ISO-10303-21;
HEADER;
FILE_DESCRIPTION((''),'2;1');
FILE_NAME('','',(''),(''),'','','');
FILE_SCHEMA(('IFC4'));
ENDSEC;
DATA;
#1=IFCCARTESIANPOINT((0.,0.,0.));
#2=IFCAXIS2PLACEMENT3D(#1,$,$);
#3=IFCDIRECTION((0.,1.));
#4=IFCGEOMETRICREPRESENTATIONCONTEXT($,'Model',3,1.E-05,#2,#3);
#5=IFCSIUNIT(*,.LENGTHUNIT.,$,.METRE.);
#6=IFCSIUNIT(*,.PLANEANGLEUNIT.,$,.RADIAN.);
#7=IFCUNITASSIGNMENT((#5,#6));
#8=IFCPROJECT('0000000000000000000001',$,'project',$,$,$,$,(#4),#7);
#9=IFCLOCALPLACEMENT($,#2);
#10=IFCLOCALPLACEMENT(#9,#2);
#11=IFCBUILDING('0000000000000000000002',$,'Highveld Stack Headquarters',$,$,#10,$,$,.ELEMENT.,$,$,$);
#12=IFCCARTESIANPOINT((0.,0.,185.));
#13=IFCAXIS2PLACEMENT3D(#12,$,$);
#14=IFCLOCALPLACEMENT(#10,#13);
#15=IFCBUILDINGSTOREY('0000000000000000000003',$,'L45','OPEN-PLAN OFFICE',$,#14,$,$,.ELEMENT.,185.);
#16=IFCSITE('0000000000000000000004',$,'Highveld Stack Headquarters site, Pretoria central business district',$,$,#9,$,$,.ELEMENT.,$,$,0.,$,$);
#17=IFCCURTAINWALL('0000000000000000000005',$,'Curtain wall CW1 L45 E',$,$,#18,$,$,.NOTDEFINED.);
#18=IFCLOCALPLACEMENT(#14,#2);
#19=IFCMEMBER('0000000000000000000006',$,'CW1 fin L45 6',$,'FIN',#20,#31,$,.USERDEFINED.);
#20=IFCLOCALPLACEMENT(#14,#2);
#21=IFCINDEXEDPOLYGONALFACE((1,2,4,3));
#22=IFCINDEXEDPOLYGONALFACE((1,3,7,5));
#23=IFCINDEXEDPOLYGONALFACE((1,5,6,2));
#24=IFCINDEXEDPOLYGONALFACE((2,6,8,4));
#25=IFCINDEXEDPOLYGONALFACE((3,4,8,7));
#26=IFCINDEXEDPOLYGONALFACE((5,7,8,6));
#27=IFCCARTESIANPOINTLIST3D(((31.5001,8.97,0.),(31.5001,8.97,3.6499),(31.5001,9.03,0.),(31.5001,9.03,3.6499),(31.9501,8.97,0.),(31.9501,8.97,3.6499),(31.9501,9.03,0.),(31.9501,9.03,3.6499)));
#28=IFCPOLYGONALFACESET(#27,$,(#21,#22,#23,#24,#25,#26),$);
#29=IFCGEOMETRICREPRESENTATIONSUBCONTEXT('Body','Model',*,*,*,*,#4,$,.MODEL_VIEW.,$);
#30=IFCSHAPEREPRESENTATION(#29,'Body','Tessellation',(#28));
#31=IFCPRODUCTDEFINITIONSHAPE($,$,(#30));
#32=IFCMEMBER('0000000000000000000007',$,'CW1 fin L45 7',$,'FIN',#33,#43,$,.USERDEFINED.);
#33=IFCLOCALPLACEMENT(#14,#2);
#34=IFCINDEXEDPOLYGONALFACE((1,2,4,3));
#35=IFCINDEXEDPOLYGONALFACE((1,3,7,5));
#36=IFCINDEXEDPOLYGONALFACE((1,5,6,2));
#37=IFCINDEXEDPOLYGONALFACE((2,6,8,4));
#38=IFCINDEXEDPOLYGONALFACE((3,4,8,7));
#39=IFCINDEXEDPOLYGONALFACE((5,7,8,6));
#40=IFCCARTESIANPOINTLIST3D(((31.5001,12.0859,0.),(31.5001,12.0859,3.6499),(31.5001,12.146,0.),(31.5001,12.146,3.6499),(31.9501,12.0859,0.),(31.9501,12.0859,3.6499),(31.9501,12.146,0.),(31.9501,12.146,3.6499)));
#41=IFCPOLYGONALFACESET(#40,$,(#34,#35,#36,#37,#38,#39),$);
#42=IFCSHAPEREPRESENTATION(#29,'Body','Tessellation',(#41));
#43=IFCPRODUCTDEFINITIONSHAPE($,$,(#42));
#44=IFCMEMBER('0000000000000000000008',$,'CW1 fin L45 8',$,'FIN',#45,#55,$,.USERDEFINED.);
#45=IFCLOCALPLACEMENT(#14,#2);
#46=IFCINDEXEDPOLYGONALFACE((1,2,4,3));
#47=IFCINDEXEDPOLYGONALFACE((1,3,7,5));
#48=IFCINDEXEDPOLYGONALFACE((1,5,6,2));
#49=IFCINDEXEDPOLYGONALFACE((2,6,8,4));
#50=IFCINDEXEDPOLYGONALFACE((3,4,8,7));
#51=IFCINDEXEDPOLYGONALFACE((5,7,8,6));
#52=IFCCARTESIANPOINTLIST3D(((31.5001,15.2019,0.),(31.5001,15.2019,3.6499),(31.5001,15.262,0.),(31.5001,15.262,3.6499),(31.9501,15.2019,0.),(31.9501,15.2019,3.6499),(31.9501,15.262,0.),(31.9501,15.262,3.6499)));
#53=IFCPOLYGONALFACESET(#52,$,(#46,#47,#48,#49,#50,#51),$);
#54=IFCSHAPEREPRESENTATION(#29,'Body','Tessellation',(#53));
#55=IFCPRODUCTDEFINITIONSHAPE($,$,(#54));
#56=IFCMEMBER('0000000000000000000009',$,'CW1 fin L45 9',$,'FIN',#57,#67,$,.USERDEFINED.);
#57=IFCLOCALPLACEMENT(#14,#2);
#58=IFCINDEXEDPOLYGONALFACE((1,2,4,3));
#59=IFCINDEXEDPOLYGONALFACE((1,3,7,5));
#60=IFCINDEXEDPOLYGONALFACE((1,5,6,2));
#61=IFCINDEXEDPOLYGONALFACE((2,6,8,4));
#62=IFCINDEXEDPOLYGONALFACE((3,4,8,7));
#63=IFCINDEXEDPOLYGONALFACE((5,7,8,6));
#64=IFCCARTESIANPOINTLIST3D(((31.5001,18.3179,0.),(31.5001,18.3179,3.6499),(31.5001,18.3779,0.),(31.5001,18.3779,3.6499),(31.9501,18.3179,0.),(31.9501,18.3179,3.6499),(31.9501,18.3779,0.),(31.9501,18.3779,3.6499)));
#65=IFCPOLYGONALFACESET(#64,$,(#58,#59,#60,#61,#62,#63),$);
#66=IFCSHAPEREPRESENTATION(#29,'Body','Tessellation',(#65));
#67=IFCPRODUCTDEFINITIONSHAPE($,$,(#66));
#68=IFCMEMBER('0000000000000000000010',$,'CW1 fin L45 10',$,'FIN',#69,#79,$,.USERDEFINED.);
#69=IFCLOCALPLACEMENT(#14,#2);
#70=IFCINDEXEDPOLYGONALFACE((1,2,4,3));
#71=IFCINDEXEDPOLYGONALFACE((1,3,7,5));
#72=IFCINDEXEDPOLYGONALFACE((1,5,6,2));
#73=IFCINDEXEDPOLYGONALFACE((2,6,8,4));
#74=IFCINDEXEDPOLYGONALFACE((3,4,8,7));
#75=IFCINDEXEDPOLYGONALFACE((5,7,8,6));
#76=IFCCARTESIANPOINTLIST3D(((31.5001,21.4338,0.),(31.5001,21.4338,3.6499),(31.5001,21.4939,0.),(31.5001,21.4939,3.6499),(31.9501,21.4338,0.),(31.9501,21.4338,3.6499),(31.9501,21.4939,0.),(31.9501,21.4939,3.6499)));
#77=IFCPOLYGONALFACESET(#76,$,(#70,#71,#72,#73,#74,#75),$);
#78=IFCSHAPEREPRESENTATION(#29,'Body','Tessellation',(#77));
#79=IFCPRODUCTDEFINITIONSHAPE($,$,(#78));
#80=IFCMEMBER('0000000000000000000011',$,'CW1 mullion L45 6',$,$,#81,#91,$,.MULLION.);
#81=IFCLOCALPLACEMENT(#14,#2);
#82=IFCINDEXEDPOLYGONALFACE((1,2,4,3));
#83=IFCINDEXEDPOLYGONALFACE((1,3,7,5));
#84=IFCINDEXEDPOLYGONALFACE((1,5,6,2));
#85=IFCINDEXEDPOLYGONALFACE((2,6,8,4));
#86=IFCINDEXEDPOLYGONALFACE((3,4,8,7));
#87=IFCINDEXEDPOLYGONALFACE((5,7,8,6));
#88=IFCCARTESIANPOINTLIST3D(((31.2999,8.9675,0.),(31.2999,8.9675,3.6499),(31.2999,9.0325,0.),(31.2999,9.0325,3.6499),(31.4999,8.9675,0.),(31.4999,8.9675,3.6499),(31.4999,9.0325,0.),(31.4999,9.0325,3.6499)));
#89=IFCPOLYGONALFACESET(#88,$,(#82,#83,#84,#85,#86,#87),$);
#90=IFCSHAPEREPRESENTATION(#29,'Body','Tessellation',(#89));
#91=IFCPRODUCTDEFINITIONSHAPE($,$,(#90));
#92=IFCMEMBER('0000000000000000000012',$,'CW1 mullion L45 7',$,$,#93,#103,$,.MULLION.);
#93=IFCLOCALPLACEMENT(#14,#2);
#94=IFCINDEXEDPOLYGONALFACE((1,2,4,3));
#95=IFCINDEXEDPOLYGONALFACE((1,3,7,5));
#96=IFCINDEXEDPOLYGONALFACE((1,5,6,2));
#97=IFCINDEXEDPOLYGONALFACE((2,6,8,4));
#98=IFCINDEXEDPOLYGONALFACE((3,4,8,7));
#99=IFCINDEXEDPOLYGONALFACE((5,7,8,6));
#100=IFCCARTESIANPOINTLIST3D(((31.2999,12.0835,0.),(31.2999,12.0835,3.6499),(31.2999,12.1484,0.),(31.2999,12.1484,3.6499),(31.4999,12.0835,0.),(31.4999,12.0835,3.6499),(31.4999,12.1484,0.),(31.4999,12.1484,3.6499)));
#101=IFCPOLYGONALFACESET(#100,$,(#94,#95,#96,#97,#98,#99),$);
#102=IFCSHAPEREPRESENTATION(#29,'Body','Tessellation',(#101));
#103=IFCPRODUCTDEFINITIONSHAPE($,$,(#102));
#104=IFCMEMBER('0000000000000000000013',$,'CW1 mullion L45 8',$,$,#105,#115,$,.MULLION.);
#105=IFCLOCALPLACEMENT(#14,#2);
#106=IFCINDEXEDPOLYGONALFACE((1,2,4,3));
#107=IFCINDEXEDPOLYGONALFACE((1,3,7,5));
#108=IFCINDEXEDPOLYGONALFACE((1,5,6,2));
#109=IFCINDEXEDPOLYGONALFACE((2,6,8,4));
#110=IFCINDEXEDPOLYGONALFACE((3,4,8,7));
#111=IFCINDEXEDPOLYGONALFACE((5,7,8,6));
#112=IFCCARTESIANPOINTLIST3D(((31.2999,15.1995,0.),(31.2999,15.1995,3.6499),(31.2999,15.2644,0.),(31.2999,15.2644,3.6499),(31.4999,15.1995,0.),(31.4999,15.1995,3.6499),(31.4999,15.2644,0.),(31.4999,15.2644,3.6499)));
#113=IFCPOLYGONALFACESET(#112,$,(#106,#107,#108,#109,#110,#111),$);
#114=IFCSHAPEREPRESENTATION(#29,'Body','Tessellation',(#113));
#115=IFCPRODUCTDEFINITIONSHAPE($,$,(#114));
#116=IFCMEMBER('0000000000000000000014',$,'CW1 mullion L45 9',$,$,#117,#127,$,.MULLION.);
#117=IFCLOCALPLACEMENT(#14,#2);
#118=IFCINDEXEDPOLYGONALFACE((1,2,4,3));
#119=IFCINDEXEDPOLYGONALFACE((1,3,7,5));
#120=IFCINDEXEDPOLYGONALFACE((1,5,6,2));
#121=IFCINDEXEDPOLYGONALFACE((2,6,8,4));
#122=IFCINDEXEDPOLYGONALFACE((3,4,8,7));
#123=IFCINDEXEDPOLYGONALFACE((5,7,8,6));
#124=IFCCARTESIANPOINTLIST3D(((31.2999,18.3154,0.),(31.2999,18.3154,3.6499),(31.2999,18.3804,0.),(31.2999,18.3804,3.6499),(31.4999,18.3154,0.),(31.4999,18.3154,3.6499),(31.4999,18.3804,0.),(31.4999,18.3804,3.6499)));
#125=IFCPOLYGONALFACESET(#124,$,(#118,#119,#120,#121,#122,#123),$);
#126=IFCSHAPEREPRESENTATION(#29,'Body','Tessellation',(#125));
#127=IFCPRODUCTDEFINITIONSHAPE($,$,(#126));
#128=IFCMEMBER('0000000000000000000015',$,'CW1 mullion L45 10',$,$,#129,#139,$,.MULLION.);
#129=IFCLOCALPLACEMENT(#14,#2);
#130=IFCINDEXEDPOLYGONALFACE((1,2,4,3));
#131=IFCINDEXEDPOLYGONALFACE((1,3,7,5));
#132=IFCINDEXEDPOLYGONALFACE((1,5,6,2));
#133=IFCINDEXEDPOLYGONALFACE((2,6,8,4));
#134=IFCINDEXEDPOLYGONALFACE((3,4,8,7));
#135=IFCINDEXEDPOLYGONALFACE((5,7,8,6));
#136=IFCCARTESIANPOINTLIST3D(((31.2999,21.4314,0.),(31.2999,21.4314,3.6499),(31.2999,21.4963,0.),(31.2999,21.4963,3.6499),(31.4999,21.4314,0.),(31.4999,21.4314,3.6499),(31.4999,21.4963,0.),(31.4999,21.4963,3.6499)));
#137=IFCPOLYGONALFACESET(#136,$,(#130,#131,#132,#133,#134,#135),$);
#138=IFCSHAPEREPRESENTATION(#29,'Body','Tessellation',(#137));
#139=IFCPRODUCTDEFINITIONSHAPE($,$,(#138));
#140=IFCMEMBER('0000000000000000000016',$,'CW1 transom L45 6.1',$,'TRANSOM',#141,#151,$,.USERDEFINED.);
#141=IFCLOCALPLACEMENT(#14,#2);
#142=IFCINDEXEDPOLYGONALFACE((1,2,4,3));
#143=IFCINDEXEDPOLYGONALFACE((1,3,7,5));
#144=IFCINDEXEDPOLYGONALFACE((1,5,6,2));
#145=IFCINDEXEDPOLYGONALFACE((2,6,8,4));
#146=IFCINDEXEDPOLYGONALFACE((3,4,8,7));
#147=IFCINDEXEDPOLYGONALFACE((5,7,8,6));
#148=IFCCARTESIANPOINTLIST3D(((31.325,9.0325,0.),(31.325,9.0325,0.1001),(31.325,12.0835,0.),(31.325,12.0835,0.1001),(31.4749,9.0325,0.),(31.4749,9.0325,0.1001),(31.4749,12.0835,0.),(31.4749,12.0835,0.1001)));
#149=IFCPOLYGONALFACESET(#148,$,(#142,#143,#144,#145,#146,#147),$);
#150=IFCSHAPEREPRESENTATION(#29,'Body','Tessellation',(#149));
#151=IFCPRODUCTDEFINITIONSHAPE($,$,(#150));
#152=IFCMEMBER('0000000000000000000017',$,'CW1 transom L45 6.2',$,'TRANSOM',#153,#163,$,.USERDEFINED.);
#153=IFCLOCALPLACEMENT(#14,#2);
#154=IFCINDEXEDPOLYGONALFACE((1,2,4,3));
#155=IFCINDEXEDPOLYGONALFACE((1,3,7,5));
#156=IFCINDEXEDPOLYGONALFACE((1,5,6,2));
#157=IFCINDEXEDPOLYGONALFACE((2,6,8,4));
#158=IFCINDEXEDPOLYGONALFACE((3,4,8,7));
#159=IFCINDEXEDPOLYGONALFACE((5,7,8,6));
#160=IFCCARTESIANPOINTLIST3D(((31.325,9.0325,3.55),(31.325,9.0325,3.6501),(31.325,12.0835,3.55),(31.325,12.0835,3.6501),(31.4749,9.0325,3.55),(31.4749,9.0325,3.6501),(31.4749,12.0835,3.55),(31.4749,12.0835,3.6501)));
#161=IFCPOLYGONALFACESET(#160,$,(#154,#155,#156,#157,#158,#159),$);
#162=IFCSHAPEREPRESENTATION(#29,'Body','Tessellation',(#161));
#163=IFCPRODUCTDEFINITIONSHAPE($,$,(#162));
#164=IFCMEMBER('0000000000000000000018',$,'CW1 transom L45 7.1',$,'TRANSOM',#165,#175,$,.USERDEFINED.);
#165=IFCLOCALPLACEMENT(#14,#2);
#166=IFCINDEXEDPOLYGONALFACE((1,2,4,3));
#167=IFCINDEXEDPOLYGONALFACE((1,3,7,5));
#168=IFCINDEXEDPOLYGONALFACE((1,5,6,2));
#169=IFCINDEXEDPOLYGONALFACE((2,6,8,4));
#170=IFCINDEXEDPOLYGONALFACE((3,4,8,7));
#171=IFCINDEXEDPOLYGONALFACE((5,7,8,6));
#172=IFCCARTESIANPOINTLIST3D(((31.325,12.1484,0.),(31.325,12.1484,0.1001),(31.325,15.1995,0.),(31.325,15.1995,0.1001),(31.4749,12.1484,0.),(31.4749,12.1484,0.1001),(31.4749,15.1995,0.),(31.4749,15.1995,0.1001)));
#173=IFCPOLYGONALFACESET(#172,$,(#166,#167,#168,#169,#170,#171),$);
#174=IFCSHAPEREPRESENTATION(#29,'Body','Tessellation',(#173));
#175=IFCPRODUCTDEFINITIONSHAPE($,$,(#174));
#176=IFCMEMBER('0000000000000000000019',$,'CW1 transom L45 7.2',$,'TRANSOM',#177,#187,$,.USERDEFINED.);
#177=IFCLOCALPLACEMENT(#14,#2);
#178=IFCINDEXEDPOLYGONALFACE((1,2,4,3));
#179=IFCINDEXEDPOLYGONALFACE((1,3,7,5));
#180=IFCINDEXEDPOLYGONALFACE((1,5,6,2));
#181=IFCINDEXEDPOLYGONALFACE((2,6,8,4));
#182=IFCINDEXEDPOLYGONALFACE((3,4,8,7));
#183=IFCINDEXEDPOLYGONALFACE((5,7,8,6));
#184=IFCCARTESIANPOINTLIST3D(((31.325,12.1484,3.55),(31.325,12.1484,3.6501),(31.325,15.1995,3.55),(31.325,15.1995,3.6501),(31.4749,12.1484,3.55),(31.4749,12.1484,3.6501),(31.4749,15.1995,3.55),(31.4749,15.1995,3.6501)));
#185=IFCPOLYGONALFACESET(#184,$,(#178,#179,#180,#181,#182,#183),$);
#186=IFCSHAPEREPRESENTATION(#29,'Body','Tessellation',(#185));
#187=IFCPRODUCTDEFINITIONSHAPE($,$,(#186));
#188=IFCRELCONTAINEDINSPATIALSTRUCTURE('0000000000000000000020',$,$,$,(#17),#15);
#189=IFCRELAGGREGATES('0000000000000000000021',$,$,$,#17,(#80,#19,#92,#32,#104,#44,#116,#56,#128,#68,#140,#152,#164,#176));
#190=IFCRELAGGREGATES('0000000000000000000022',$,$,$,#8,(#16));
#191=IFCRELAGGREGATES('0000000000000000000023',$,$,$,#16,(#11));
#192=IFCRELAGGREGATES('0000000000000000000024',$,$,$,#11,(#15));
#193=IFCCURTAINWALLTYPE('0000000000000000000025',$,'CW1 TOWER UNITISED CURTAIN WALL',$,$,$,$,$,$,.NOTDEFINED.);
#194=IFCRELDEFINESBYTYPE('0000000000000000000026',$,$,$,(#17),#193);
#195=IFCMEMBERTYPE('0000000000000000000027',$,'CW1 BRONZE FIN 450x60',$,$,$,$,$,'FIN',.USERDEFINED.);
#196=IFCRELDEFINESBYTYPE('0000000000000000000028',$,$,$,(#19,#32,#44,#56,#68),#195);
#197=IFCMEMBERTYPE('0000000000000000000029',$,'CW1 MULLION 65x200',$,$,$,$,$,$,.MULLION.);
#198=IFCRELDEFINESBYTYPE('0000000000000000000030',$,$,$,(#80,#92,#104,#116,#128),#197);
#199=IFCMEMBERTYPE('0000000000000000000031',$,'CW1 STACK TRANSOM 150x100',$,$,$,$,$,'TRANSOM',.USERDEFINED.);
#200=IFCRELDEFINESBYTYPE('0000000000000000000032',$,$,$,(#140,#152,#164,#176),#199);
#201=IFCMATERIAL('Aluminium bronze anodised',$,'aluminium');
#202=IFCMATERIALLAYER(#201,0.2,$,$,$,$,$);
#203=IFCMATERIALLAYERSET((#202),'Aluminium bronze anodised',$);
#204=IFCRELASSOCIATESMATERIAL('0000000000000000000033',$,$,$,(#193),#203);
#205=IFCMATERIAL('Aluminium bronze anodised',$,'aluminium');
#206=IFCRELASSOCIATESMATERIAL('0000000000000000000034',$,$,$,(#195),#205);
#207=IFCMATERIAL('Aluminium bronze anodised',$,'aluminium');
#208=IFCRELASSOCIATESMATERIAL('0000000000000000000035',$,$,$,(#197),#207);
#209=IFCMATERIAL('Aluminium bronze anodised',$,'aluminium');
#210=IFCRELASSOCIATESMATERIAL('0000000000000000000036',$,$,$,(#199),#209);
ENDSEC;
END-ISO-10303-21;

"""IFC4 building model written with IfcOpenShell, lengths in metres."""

from ifc_helpers import new_model, si_unit, direction, frame, origin, origin_2d, place, context, subcontext, project, spatial, rectangle, extrude, material, layer, layer_set, material_profile, profile_set, type_object, element, aggregate, save


model = new_model("IFC4")

# Units and contexts
model_context = context("Model", 3, precision=1e-05, world=origin(), true_north=direction((0.0, 1.0)))
body_context = subcontext(model_context, "Body", "Model", "MODEL_VIEW")
ifc_project = project(units=[si_unit("LENGTHUNIT", "METRE"), si_unit("PLANEANGLEUNIT", "RADIAN")], contexts=[model_context])

# Site, building, storey
site_placement = place(None, origin())
site = spatial("IfcSite", under=ifc_project, at=site_placement, Name="Highveld Stack Headquarters site, Pretoria central business district", CompositionType="ELEMENT", RefElevation=0.0)
building_placement = place(site_placement, origin())
building = spatial("IfcBuilding", under=site, at=building_placement, Name="Highveld Stack Headquarters", CompositionType="ELEMENT")
storey_placement = place(building_placement, frame((0.0, 0.0, 185.0)))
storey = spatial("IfcBuildingStorey", under=building, at=storey_placement, Name="L45", Description="OPEN-PLAN OFFICE", CompositionType="ELEMENT", Elevation=185.0)

# Curtain wall, members
ifc_material_1 = material(Name="Aluminium bronze anodised", Category="aluminium")
ifc_layer_1 = layer(ifc_material_1, 0.2)
ifc_layer_set_1 = layer_set([ifc_layer_1], Name="Aluminium bronze anodised")
curtain_wall_type = type_object("IfcCurtainWallType", Name="CW1 TOWER UNITISED CURTAIN WALL", PredefinedType="NOTDEFINED", material=ifc_layer_set_1)
curtain_wall_placement = place(storey_placement, origin())
curtain_wall = element("IfcCurtainWall", 1, at=curtain_wall_placement, inside=storey, type_object=curtain_wall_type, Name="Curtain wall CW1 L45 E", PredefinedType="NOTDEFINED")
ifc_material_2 = material(Name="Aluminium bronze anodised", Category="aluminium")
ifc_material_profile_1 = material_profile(ifc_material_2, rectangle(XDim=0.45, YDim=0.0601, at=origin_2d()), Name="FIN 450x60")
ifc_profile_set_1 = profile_set([ifc_material_profile_1], Name="Aluminium bronze anodised")
member_type_1 = type_object("IfcMemberType", Name="CW1 BRONZE FIN 450x60", ElementType="FIN", PredefinedType="USERDEFINED", material=ifc_profile_set_1)
member_1_placement = place(storey_placement, frame((31.7251, 9.0, 0.0), z_axis=(0.0, 0.0, 1.0), x_axis=(-1.0, 0.0, 0.0)))
member_1 = element("IfcMember", 2, at=member_1_placement, type_object=member_type_1, Name="CW1 fin L45 6", ObjectType="FIN", PredefinedType="USERDEFINED", context=body_context, shape_type="SweptSolid", body=[
    extrude(rectangle(XDim=0.45, YDim=0.0601, at=origin_2d()), origin(), (0.0, 0.0, 1.0), 3.6499),
])
member_2_placement = place(storey_placement, frame((31.7251, 12.116, 0.0), z_axis=(0.0, 0.0, 1.0), x_axis=(-1.0, 0.0, 0.0)))
member_2 = element("IfcMember", 3, at=member_2_placement, type_object=member_type_1, Name="CW1 fin L45 7", ObjectType="FIN", PredefinedType="USERDEFINED", context=body_context, shape_type="SweptSolid", body=[
    extrude(rectangle(XDim=0.45, YDim=0.0601, at=origin_2d()), origin(), (0.0, 0.0, 1.0), 3.6499),
])
member_3_placement = place(storey_placement, frame((31.7251, 15.2319, 0.0), z_axis=(0.0, 0.0, 1.0), x_axis=(-1.0, 0.0, 0.0)))
member_3 = element("IfcMember", 4, at=member_3_placement, type_object=member_type_1, Name="CW1 fin L45 8", ObjectType="FIN", PredefinedType="USERDEFINED", context=body_context, shape_type="SweptSolid", body=[
    extrude(rectangle(XDim=0.45, YDim=0.0601, at=origin_2d()), origin(), (0.0, 0.0, 1.0), 3.6499),
])
member_4_placement = place(storey_placement, frame((31.7251, 18.3479, 0.0), z_axis=(0.0, 0.0, 1.0), x_axis=(-1.0, 0.0, 0.0)))
member_4 = element("IfcMember", 5, at=member_4_placement, type_object=member_type_1, Name="CW1 fin L45 9", ObjectType="FIN", PredefinedType="USERDEFINED", context=body_context, shape_type="SweptSolid", body=[
    extrude(rectangle(XDim=0.45, YDim=0.0601, at=origin_2d()), origin(), (0.0, 0.0, 1.0), 3.6499),
])
member_5_placement = place(storey_placement, frame((31.7251, 21.4639, 0.0), z_axis=(0.0, 0.0, 1.0), x_axis=(-1.0, 0.0, 0.0)))
member_5 = element("IfcMember", 6, at=member_5_placement, type_object=member_type_1, Name="CW1 fin L45 10", ObjectType="FIN", PredefinedType="USERDEFINED", context=body_context, shape_type="SweptSolid", body=[
    extrude(rectangle(XDim=0.45, YDim=0.0601, at=origin_2d()), origin(), (0.0, 0.0, 1.0), 3.6499),
])
ifc_material_3 = material(Name="Aluminium bronze anodised", Category="aluminium")
ifc_material_profile_2 = material_profile(ifc_material_3, rectangle(XDim=0.2, YDim=0.0649, at=origin_2d()), Name="CW1 MULLION 65x200")
ifc_profile_set_2 = profile_set([ifc_material_profile_2], Name="Aluminium bronze anodised")
member_type_2 = type_object("IfcMemberType", Name="CW1 MULLION 65x200", PredefinedType="MULLION", material=ifc_profile_set_2)
member_6_placement = place(storey_placement, frame((31.3999, 9.0, 0.0), z_axis=(0.0, 0.0, 1.0), x_axis=(-1.0, 0.0, 0.0)))
member_6 = element("IfcMember", 7, at=member_6_placement, type_object=member_type_2, Name="CW1 mullion L45 6", PredefinedType="MULLION", context=body_context, shape_type="SweptSolid", body=[
    extrude(rectangle(XDim=0.2, YDim=0.0649, at=origin_2d()), origin(), (0.0, 0.0, 1.0), 3.6499),
])
member_7_placement = place(storey_placement, frame((31.3999, 12.116, 0.0), z_axis=(0.0, 0.0, 1.0), x_axis=(-1.0, 0.0, 0.0)))
member_7 = element("IfcMember", 8, at=member_7_placement, type_object=member_type_2, Name="CW1 mullion L45 7", PredefinedType="MULLION", context=body_context, shape_type="SweptSolid", body=[
    extrude(rectangle(XDim=0.2, YDim=0.0649, at=origin_2d()), origin(), (0.0, 0.0, 1.0), 3.6499),
])
member_8_placement = place(storey_placement, frame((31.3999, 15.2319, 0.0), z_axis=(0.0, 0.0, 1.0), x_axis=(-1.0, 0.0, 0.0)))
member_8 = element("IfcMember", 9, at=member_8_placement, type_object=member_type_2, Name="CW1 mullion L45 8", PredefinedType="MULLION", context=body_context, shape_type="SweptSolid", body=[
    extrude(rectangle(XDim=0.2, YDim=0.0649, at=origin_2d()), origin(), (0.0, 0.0, 1.0), 3.6499),
])
member_9_placement = place(storey_placement, frame((31.3999, 18.3479, 0.0), z_axis=(0.0, 0.0, 1.0), x_axis=(-1.0, 0.0, 0.0)))
member_9 = element("IfcMember", 10, at=member_9_placement, type_object=member_type_2, Name="CW1 mullion L45 9", PredefinedType="MULLION", context=body_context, shape_type="SweptSolid", body=[
    extrude(rectangle(XDim=0.2, YDim=0.0649, at=origin_2d()), origin(), (0.0, 0.0, 1.0), 3.6499),
])
member_10_placement = place(storey_placement, frame((31.3999, 21.4639, 0.0), z_axis=(0.0, 0.0, 1.0), x_axis=(-1.0, 0.0, 0.0)))
member_10 = element("IfcMember", 11, at=member_10_placement, type_object=member_type_2, Name="CW1 mullion L45 10", PredefinedType="MULLION", context=body_context, shape_type="SweptSolid", body=[
    extrude(rectangle(XDim=0.2, YDim=0.0649, at=origin_2d()), origin(), (0.0, 0.0, 1.0), 3.6499),
])
ifc_material_4 = material(Name="Aluminium bronze anodised", Category="aluminium")
ifc_material_profile_3 = material_profile(ifc_material_4, rectangle(XDim=0.1499, YDim=0.1001, at=origin_2d()), Name="CW1 TRANSOM 150x100")
ifc_profile_set_3 = profile_set([ifc_material_profile_3], Name="Aluminium bronze anodised")
member_type_3 = type_object("IfcMemberType", Name="CW1 STACK TRANSOM 150x100", ElementType="TRANSOM", PredefinedType="USERDEFINED", material=ifc_profile_set_3)
member_11_placement = place(storey_placement, frame((31.3999, 9.0325, 0.05), z_axis=(0.0, 1.0, 0.0), x_axis=(-1.0, 0.0, 0.0)))
member_11 = element("IfcMember", 12, at=member_11_placement, type_object=member_type_3, Name="CW1 transom L45 6.1", ObjectType="TRANSOM", PredefinedType="USERDEFINED", context=body_context, shape_type="SweptSolid", body=[
    extrude(rectangle(XDim=0.1499, YDim=0.1001, at=origin_2d()), origin(), (0.0, 0.0, 1.0), 3.051),
])
member_12_placement = place(storey_placement, frame((31.3999, 9.0325, 3.6001), z_axis=(0.0, 1.0, 0.0), x_axis=(-1.0, 0.0, 0.0)))
member_12 = element("IfcMember", 13, at=member_12_placement, type_object=member_type_3, Name="CW1 transom L45 6.2", ObjectType="TRANSOM", PredefinedType="USERDEFINED", context=body_context, shape_type="SweptSolid", body=[
    extrude(rectangle(XDim=0.1499, YDim=0.1001, at=origin_2d()), origin(), (0.0, 0.0, 1.0), 3.051),
])
member_13_placement = place(storey_placement, frame((31.3999, 12.1484, 0.05), z_axis=(0.0, 1.0, 0.0), x_axis=(-1.0, 0.0, 0.0)))
member_13 = element("IfcMember", 14, at=member_13_placement, type_object=member_type_3, Name="CW1 transom L45 7.1", ObjectType="TRANSOM", PredefinedType="USERDEFINED", context=body_context, shape_type="SweptSolid", body=[
    extrude(rectangle(XDim=0.1499, YDim=0.1001, at=origin_2d()), origin(), (0.0, 0.0, 1.0), 3.051),
])
member_14_placement = place(storey_placement, frame((31.3999, 12.1484, 3.6001), z_axis=(0.0, 1.0, 0.0), x_axis=(-1.0, 0.0, 0.0)))
member_14 = element("IfcMember", 15, at=member_14_placement, type_object=member_type_3, Name="CW1 transom L45 7.2", ObjectType="TRANSOM", PredefinedType="USERDEFINED", context=body_context, shape_type="SweptSolid", body=[
    extrude(rectangle(XDim=0.1499, YDim=0.1001, at=origin_2d()), origin(), (0.0, 0.0, 1.0), 3.051),
])
aggregate(curtain_wall, [member_6, member_1, member_7, member_2, member_8, member_3, member_9, member_4, member_10, member_5, member_11, member_12, member_13, member_14])

save(model, "model.ifc")
